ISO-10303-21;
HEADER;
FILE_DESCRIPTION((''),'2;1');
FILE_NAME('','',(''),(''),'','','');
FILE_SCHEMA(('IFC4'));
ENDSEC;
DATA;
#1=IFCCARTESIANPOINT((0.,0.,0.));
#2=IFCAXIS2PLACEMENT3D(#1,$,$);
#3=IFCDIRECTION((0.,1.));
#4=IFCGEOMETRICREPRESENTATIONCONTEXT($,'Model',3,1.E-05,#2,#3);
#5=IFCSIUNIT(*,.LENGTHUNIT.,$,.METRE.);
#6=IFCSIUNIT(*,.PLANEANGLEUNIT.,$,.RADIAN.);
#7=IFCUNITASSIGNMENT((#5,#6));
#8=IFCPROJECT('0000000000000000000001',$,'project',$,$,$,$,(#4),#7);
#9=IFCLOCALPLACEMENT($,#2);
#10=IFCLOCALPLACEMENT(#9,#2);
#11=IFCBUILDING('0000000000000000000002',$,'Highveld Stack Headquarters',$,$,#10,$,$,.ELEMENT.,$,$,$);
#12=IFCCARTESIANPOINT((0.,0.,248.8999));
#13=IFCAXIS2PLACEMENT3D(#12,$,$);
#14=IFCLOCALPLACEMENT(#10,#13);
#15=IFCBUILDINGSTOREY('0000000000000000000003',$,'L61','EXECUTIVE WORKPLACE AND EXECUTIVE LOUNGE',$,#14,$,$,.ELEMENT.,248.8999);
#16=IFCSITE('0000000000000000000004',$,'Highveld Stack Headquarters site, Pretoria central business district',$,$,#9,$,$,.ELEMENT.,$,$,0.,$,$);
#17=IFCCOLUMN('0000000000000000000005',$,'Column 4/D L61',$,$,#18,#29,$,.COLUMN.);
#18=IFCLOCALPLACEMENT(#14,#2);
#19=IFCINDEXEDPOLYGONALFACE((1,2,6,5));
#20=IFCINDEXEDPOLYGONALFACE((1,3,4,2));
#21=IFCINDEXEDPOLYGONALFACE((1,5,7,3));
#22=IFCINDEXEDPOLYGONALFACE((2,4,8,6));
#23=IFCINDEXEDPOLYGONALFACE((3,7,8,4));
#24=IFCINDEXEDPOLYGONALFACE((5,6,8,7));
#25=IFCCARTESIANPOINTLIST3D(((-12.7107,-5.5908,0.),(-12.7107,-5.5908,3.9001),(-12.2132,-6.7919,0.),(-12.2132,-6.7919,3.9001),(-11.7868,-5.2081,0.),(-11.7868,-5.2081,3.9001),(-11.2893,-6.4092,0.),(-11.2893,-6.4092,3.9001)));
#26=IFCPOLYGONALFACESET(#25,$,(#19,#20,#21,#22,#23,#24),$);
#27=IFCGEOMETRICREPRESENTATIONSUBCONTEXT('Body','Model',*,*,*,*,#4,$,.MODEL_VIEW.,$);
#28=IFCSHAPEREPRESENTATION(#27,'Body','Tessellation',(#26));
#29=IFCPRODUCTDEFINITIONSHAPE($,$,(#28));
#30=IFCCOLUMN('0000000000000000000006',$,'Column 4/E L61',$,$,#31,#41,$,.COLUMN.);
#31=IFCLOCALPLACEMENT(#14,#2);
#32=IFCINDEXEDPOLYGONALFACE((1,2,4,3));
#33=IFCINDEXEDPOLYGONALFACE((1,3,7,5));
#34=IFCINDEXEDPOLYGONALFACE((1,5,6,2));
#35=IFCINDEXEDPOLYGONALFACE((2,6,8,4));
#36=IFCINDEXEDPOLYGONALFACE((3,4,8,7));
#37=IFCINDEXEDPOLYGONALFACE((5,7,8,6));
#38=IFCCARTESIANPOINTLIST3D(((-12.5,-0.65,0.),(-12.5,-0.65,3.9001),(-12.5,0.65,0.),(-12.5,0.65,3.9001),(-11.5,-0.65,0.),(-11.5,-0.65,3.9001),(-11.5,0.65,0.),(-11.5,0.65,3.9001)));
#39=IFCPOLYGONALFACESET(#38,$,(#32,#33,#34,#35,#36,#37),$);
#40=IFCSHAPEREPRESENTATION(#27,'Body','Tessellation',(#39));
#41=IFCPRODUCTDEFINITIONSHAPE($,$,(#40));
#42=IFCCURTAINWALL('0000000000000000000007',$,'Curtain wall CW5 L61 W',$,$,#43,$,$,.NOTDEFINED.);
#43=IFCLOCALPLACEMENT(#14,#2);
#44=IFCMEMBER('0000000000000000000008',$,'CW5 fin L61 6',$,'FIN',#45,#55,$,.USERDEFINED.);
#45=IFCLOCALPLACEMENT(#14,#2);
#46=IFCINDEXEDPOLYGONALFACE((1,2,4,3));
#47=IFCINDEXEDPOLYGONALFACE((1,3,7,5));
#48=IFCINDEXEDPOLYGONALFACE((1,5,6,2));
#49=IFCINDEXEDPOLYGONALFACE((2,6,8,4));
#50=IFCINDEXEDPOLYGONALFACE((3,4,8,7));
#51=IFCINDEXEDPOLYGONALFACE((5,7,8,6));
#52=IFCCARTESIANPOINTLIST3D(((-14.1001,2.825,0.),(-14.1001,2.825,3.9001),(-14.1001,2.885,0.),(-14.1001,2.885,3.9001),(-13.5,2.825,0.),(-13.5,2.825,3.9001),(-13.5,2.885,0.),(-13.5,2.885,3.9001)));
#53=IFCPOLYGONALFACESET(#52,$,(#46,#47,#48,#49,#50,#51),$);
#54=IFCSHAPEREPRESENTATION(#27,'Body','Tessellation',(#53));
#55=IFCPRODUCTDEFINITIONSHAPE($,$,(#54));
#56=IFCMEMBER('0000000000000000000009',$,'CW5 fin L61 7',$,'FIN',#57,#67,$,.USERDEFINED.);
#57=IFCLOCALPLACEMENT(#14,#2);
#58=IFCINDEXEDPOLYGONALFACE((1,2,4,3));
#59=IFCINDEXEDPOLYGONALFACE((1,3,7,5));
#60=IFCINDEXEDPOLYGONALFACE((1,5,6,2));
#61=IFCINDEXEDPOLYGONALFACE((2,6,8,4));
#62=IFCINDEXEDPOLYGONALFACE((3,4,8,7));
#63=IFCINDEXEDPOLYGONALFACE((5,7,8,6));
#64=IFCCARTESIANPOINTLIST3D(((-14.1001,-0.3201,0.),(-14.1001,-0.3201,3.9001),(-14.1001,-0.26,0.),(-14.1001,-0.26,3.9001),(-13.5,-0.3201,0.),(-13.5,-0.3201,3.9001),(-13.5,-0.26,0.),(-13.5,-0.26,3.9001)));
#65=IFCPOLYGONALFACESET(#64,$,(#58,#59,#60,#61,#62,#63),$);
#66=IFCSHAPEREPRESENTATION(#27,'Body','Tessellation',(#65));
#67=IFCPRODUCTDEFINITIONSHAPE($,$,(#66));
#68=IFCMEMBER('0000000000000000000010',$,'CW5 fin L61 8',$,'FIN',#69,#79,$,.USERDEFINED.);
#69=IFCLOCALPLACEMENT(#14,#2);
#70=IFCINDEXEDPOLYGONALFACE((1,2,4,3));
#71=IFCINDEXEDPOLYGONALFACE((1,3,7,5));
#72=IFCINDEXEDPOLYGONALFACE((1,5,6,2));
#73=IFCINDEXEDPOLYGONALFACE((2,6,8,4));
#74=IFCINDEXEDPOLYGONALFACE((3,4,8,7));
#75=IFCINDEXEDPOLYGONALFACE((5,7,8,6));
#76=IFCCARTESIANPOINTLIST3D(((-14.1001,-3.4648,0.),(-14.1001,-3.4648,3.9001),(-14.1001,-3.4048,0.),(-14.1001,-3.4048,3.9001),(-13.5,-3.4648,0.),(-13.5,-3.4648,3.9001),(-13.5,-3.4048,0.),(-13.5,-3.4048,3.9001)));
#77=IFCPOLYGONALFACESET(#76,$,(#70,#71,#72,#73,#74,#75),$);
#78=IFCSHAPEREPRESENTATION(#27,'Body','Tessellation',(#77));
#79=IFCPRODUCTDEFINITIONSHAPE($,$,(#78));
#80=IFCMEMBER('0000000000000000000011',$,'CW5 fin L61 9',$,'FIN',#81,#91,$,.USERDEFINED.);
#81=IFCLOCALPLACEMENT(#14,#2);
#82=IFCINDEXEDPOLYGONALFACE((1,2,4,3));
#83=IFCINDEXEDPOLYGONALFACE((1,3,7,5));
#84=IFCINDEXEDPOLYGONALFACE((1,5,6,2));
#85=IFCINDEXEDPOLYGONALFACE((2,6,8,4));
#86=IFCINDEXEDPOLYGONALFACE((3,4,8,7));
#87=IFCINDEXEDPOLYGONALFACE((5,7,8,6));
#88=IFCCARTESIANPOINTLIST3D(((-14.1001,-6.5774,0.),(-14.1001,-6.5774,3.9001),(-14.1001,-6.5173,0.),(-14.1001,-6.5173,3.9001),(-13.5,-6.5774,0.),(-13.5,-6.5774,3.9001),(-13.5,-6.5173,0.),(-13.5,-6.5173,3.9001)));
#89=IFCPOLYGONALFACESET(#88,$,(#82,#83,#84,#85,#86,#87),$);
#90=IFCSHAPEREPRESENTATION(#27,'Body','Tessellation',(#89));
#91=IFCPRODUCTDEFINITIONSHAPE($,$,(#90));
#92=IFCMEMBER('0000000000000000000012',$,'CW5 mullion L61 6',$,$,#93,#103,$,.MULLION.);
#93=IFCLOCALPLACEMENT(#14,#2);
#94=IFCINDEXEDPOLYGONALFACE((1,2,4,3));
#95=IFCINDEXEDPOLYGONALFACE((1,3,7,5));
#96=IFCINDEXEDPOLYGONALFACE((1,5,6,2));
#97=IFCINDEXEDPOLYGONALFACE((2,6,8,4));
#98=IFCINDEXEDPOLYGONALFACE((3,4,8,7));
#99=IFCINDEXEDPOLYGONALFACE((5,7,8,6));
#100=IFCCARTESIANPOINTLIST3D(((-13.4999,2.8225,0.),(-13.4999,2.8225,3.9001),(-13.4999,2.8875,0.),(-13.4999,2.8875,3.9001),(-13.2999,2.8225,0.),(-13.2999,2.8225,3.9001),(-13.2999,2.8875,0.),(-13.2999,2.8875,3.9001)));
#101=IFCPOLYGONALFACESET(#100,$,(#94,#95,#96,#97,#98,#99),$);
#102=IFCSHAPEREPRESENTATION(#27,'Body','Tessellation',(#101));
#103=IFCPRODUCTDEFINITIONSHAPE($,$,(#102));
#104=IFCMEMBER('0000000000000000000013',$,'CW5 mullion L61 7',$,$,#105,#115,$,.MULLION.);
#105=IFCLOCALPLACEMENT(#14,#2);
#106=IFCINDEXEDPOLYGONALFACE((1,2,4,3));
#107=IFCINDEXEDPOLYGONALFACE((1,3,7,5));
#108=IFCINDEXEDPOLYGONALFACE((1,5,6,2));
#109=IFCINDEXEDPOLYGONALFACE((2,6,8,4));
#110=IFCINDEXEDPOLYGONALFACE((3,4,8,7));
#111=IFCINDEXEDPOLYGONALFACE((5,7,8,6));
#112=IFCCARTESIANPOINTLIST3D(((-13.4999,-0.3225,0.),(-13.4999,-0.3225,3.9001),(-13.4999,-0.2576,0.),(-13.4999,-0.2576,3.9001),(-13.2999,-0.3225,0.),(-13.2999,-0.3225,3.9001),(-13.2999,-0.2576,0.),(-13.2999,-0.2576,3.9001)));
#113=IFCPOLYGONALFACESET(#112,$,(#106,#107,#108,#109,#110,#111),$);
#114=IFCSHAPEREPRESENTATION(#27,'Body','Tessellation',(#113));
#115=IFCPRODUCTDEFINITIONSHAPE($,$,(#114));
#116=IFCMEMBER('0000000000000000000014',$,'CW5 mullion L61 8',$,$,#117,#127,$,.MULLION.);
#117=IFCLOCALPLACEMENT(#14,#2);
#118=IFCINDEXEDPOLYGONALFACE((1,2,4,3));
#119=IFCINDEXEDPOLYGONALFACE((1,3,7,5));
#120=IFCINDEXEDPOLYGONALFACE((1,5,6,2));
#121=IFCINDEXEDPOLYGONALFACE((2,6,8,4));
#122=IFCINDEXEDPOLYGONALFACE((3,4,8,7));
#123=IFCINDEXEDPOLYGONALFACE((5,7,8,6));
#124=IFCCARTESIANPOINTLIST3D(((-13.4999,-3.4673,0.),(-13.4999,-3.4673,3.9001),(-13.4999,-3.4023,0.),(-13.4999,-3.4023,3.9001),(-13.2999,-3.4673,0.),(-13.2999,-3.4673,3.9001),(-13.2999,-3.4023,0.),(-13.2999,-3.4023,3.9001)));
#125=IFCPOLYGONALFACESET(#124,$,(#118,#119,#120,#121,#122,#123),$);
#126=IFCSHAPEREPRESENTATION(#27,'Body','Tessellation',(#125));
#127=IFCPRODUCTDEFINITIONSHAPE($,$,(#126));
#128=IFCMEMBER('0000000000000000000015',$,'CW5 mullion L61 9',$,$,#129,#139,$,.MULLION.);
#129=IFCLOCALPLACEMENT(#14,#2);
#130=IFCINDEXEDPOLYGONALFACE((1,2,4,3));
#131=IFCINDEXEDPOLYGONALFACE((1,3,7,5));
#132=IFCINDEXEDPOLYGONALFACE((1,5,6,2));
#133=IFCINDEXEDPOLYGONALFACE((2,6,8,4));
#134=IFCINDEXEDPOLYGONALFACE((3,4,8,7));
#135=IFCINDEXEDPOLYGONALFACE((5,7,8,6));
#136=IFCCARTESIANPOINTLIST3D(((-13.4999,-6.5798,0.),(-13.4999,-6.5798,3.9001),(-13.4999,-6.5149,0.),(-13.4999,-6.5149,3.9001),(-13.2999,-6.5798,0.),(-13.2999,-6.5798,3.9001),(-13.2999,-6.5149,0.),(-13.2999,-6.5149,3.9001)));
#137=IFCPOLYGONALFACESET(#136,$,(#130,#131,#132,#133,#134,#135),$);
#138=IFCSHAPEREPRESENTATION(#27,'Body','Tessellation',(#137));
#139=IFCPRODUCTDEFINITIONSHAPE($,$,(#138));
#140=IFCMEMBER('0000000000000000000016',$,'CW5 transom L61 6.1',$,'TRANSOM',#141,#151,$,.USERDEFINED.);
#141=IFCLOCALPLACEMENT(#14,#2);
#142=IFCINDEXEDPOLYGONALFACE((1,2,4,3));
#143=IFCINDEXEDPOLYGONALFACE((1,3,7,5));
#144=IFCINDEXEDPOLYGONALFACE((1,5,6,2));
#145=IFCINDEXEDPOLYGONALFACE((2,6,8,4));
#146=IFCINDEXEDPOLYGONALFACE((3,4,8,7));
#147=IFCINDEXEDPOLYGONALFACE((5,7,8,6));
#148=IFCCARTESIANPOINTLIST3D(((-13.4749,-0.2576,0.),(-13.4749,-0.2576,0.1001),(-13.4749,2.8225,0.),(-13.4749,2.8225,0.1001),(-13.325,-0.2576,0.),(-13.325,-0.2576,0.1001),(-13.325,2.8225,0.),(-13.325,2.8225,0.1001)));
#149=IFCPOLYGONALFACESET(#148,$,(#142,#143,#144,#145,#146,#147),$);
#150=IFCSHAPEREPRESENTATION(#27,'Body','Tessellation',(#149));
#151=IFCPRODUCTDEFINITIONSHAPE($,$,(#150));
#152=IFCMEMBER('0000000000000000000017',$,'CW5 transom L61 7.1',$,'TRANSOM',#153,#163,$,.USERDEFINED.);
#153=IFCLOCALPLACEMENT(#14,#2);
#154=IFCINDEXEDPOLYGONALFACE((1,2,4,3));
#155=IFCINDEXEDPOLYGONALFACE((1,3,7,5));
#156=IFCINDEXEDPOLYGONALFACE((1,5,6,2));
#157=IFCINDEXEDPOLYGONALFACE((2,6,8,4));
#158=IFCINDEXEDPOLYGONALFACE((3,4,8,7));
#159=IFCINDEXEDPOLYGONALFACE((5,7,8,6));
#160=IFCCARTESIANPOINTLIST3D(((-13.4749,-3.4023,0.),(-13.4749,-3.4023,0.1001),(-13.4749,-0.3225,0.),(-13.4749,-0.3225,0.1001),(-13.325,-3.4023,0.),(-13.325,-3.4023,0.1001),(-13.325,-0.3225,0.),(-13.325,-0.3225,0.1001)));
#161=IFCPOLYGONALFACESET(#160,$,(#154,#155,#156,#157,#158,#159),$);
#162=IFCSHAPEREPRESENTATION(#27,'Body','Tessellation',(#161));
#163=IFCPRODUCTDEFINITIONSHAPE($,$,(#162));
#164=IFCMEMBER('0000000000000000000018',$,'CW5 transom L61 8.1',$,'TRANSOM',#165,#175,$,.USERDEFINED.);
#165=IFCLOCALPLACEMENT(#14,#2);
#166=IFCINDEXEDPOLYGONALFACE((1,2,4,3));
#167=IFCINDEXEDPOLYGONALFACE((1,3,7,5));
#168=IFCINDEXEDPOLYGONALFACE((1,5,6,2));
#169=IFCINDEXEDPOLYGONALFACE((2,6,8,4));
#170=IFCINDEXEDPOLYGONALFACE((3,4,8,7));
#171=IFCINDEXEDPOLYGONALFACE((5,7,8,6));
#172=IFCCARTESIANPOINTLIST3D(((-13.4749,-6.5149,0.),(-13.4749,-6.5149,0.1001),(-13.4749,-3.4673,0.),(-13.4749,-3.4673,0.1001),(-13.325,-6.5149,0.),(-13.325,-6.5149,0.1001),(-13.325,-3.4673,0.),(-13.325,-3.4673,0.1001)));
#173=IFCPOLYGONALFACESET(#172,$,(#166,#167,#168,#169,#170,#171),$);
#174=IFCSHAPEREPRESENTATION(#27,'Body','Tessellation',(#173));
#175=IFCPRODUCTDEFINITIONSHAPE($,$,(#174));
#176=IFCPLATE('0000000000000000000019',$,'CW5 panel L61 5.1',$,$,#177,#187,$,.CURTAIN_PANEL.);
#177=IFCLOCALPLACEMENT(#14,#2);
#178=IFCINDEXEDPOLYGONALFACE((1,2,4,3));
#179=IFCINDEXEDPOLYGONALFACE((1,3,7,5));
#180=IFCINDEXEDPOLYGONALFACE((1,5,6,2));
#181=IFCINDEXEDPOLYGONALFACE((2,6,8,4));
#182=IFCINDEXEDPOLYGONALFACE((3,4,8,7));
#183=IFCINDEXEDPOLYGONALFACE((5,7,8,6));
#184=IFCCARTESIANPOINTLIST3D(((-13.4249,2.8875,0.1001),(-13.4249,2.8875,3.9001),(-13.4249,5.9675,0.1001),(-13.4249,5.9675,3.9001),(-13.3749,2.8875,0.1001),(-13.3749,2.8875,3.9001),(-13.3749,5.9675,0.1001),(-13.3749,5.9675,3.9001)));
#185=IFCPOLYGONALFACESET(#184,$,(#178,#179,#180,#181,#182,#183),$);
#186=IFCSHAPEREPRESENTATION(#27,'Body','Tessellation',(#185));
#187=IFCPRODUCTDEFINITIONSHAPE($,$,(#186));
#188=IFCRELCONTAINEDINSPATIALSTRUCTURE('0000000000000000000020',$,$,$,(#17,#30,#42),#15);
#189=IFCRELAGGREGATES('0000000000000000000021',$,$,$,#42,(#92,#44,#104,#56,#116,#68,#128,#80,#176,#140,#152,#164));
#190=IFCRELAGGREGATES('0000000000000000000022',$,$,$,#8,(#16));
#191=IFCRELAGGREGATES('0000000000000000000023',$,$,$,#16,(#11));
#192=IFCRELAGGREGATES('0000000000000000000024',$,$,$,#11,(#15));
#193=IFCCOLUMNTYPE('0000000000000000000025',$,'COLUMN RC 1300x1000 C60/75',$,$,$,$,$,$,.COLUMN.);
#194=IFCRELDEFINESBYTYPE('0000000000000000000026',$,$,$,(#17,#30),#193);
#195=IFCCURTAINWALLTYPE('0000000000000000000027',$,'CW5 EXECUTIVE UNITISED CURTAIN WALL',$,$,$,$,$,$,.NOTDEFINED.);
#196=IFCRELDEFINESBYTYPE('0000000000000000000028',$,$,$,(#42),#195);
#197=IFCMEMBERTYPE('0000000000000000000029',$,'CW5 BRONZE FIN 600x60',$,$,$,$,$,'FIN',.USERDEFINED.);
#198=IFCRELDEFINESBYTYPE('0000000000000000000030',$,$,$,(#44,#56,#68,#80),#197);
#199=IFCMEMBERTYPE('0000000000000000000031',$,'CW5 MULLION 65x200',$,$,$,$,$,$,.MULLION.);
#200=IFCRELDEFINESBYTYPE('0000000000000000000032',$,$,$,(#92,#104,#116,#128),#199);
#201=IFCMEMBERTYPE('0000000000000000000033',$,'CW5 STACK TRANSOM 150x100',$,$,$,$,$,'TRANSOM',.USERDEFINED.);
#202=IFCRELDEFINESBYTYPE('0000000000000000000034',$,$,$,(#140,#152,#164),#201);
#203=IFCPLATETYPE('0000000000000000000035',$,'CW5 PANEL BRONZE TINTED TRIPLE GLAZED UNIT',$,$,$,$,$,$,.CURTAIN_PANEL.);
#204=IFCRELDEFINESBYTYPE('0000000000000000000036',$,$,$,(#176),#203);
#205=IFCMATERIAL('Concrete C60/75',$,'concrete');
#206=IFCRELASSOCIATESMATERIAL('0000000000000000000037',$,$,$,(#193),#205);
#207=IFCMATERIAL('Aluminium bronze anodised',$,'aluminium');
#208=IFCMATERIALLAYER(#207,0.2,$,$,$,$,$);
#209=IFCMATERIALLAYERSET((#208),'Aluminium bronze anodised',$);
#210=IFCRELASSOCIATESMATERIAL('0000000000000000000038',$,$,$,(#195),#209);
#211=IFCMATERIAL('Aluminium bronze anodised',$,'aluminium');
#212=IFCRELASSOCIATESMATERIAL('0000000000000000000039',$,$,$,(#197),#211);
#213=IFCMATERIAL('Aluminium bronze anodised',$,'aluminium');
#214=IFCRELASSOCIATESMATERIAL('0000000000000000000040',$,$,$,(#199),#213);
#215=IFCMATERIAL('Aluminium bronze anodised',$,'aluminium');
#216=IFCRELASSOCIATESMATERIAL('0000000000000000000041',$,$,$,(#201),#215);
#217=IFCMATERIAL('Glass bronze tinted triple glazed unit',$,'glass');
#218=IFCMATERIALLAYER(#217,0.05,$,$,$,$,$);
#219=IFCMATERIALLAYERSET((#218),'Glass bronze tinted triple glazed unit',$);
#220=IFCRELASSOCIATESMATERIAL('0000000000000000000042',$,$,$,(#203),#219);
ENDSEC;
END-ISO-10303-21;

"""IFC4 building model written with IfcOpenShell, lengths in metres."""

from ifc_helpers import new_model, si_unit, direction, frame, origin, origin_2d, place, context, subcontext, project, spatial, rectangle, extrude, material, layer, layer_set, material_profile, profile_set, type_object, element, aggregate, save


model = new_model("IFC4")

# Units and contexts
model_context = context("Model", 3, precision=1e-05, world=origin(), true_north=direction((0.0, 1.0)))
body_context = subcontext(model_context, "Body", "Model", "MODEL_VIEW")
ifc_project = project(units=[si_unit("LENGTHUNIT", "METRE"), si_unit("PLANEANGLEUNIT", "RADIAN")], contexts=[model_context])

# Site, building, storey
site_placement = place(None, origin())
site = spatial("IfcSite", under=ifc_project, at=site_placement, Name="Highveld Stack Headquarters site, Pretoria central business district", CompositionType="ELEMENT", RefElevation=0.0)
building_placement = place(site_placement, origin())
building = spatial("IfcBuilding", under=site, at=building_placement, Name="Highveld Stack Headquarters", CompositionType="ELEMENT")
storey_placement = place(building_placement, frame((0.0, 0.0, 248.8999)))
storey = spatial("IfcBuildingStorey", under=building, at=storey_placement, Name="L61", Description="EXECUTIVE WORKPLACE AND EXECUTIVE LOUNGE", CompositionType="ELEMENT", Elevation=248.8999)

# Columns
ifc_material_1 = material(Name="Concrete C60/75", Category="concrete")
ifc_material_profile_1 = material_profile(ifc_material_1, rectangle(XDim=1.3, YDim=1.0, at=origin_2d()), Name="RC 1300x1000")
ifc_profile_set_1 = profile_set([ifc_material_profile_1], Name="Concrete C60/75")
column_type = type_object("IfcColumnType", Name="COLUMN RC 1300x1000 C60/75", PredefinedType="COLUMN", material=ifc_profile_set_1)
for number, where, z_axis, x_axis, name in (
    (1, (-12.0, -6.0, 0.0), (0.0, 0.0, 1.0), (-0.382683, 0.92388, 0.0), "Column 4/D L61"),
    (2, (-12.0, 0.0, 0.0), (0.0, 0.0, 1.0), (0.0, 1.0, 0.0), "Column 4/E L61"),
):
    element("IfcColumn", number, at=place(storey_placement, frame(where, z_axis=z_axis, x_axis=x_axis)), inside=storey, type_object=column_type, Name=name, PredefinedType="COLUMN", context=body_context, shape_type="SweptSolid", body=[
        extrude(rectangle(XDim=1.3, YDim=1.0, at=origin_2d()), origin(), (0.0, 0.0, 1.0), 3.9001),
    ])

# Curtain wall, members, plate
ifc_material_2 = material(Name="Aluminium bronze anodised", Category="aluminium")
ifc_layer_1 = layer(ifc_material_2, 0.2)
ifc_layer_set_1 = layer_set([ifc_layer_1], Name="Aluminium bronze anodised")
curtain_wall_type = type_object("IfcCurtainWallType", Name="CW5 EXECUTIVE UNITISED CURTAIN WALL", PredefinedType="NOTDEFINED", material=ifc_layer_set_1)
curtain_wall_placement = place(storey_placement, origin())
curtain_wall = element("IfcCurtainWall", 3, at=curtain_wall_placement, inside=storey, type_object=curtain_wall_type, Name="Curtain wall CW5 L61 W", PredefinedType="NOTDEFINED")
ifc_material_3 = material(Name="Aluminium bronze anodised", Category="aluminium")
ifc_material_profile_2 = material_profile(ifc_material_3, rectangle(XDim=0.6001, YDim=0.0601, at=origin_2d()), Name="FIN 600x60")
ifc_profile_set_2 = profile_set([ifc_material_profile_2], Name="Aluminium bronze anodised")
member_type_1 = type_object("IfcMemberType", Name="CW5 BRONZE FIN 600x60", ElementType="FIN", PredefinedType="USERDEFINED", material=ifc_profile_set_2)
member_1_placement = place(storey_placement, frame((-13.8, 2.855, 0.0), z_axis=(0.0, 0.0, 1.0), x_axis=(1.0, 0.0, 0.0)))
member_1 = element("IfcMember", 4, at=member_1_placement, type_object=member_type_1, Name="CW5 fin L61 6", ObjectType="FIN", PredefinedType="USERDEFINED", context=body_context, shape_type="SweptSolid", body=[
    extrude(rectangle(XDim=0.6001, YDim=0.0601, at=origin_2d()), origin(), (0.0, 0.0, 1.0), 3.9001),
])
member_2_placement = place(storey_placement, frame((-13.8, -0.29, 0.0), z_axis=(0.0, 0.0, 1.0), x_axis=(1.0, 0.0, 0.0)))
member_2 = element("IfcMember", 5, at=member_2_placement, type_object=member_type_1, Name="CW5 fin L61 7", ObjectType="FIN", PredefinedType="USERDEFINED", context=body_context, shape_type="SweptSolid", body=[
    extrude(rectangle(XDim=0.6001, YDim=0.0601, at=origin_2d()), origin(), (0.0, 0.0, 1.0), 3.9001),
])
member_3_placement = place(storey_placement, frame((-13.8, -3.4348, 0.0), z_axis=(0.0, 0.0, 1.0), x_axis=(1.0, 0.0, 0.0)))
member_3 = element("IfcMember", 6, at=member_3_placement, type_object=member_type_1, Name="CW5 fin L61 8", ObjectType="FIN", PredefinedType="USERDEFINED", context=body_context, shape_type="SweptSolid", body=[
    extrude(rectangle(XDim=0.6001, YDim=0.0601, at=origin_2d()), origin(), (0.0, 0.0, 1.0), 3.9001),
])
member_4_placement = place(storey_placement, frame((-13.8, -6.5474, 0.0), z_axis=(0.0, 0.0, 1.0), x_axis=(1.0, 0.0, 0.0)))
member_4 = element("IfcMember", 7, at=member_4_placement, type_object=member_type_1, Name="CW5 fin L61 9", ObjectType="FIN", PredefinedType="USERDEFINED", context=body_context, shape_type="SweptSolid", body=[
    extrude(rectangle(XDim=0.6001, YDim=0.0601, at=origin_2d()), origin(), (0.0, 0.0, 1.0), 3.9001),
])
ifc_material_4 = material(Name="Aluminium bronze anodised", Category="aluminium")
ifc_material_profile_3 = material_profile(ifc_material_4, rectangle(XDim=0.2, YDim=0.0649, at=origin_2d()), Name="CW5 MULLION 65x200")
ifc_profile_set_3 = profile_set([ifc_material_profile_3], Name="Aluminium bronze anodised")
member_type_2 = type_object("IfcMemberType", Name="CW5 MULLION 65x200", PredefinedType="MULLION", material=ifc_profile_set_3)
member_5_placement = place(storey_placement, frame((-13.3999, 2.855, 0.0), z_axis=(0.0, 0.0, 1.0), x_axis=(1.0, 0.0, 0.0)))
member_5 = element("IfcMember", 8, at=member_5_placement, type_object=member_type_2, Name="CW5 mullion L61 6", PredefinedType="MULLION", context=body_context, shape_type="SweptSolid", body=[
    extrude(rectangle(XDim=0.2, YDim=0.0649, at=origin_2d()), origin(), (0.0, 0.0, 1.0), 3.9001),
])
member_6_placement = place(storey_placement, frame((-13.3999, -0.29, 0.0), z_axis=(0.0, 0.0, 1.0), x_axis=(1.0, 0.0, 0.0)))
member_6 = element("IfcMember", 9, at=member_6_placement, type_object=member_type_2, Name="CW5 mullion L61 7", PredefinedType="MULLION", context=body_context, shape_type="SweptSolid", body=[
    extrude(rectangle(XDim=0.2, YDim=0.0649, at=origin_2d()), origin(), (0.0, 0.0, 1.0), 3.9001),
])
member_7_placement = place(storey_placement, frame((-13.3999, -3.4348, 0.0), z_axis=(0.0, 0.0, 1.0), x_axis=(1.0, 0.0, 0.0)))
member_7 = element("IfcMember", 10, at=member_7_placement, type_object=member_type_2, Name="CW5 mullion L61 8", PredefinedType="MULLION", context=body_context, shape_type="SweptSolid", body=[
    extrude(rectangle(XDim=0.2, YDim=0.0649, at=origin_2d()), origin(), (0.0, 0.0, 1.0), 3.9001),
])
member_8_placement = place(storey_placement, frame((-13.3999, -6.5474, 0.0), z_axis=(0.0, 0.0, 1.0), x_axis=(1.0, 0.0, 0.0)))
member_8 = element("IfcMember", 11, at=member_8_placement, type_object=member_type_2, Name="CW5 mullion L61 9", PredefinedType="MULLION", context=body_context, shape_type="SweptSolid", body=[
    extrude(rectangle(XDim=0.2, YDim=0.0649, at=origin_2d()), origin(), (0.0, 0.0, 1.0), 3.9001),
])
ifc_material_5 = material(Name="Aluminium bronze anodised", Category="aluminium")
ifc_material_profile_4 = material_profile(ifc_material_5, rectangle(XDim=0.1499, YDim=0.1001, at=origin_2d()), Name="CW5 TRANSOM 150x100")
ifc_profile_set_4 = profile_set([ifc_material_profile_4], Name="Aluminium bronze anodised")
member_type_3 = type_object("IfcMemberType", Name="CW5 STACK TRANSOM 150x100", ElementType="TRANSOM", PredefinedType="USERDEFINED", material=ifc_profile_set_4)
member_9_placement = place(storey_placement, frame((-13.3999, 2.8225, 0.05), z_axis=(0.0, -1.0, 0.0), x_axis=(1.0, 0.0, 0.0)))
member_9 = element("IfcMember", 12, at=member_9_placement, type_object=member_type_3, Name="CW5 transom L61 6.1", ObjectType="TRANSOM", PredefinedType="USERDEFINED", context=body_context, shape_type="SweptSolid", body=[
    extrude(rectangle(XDim=0.1499, YDim=0.1001, at=origin_2d()), origin(), (0.0, 0.0, 1.0), 3.0801),
])
member_10_placement = place(storey_placement, frame((-13.3999, -0.3225, 0.05), z_axis=(0.0, -1.0, 0.0), x_axis=(1.0, 0.0, 0.0)))
member_10 = element("IfcMember", 13, at=member_10_placement, type_object=member_type_3, Name="CW5 transom L61 7.1", ObjectType="TRANSOM", PredefinedType="USERDEFINED", context=body_context, shape_type="SweptSolid", body=[
    extrude(rectangle(XDim=0.1499, YDim=0.1001, at=origin_2d()), origin(), (0.0, 0.0, 1.0), 3.0798),
])
member_11_placement = place(storey_placement, frame((-13.3999, -3.4673, 0.05), z_axis=(0.0, -1.0, 0.0), x_axis=(1.0, 0.0, 0.0)))
member_11 = element("IfcMember", 14, at=member_11_placement, type_object=member_type_3, Name="CW5 transom L61 8.1", ObjectType="TRANSOM", PredefinedType="USERDEFINED", context=body_context, shape_type="SweptSolid", body=[
    extrude(rectangle(XDim=0.1499, YDim=0.1001, at=origin_2d()), origin(), (0.0, 0.0, 1.0), 3.0476),
])
ifc_material_6 = material(Name="Glass bronze tinted triple glazed unit", Category="glass")
ifc_layer_2 = layer(ifc_material_6, 0.05)
ifc_layer_set_2 = layer_set([ifc_layer_2], Name="Glass bronze tinted triple glazed unit")
plate_type = type_object("IfcPlateType", Name="CW5 PANEL BRONZE TINTED TRIPLE GLAZED UNIT", PredefinedType="CURTAIN_PANEL", material=ifc_layer_set_2)
plate_1_placement = place(storey_placement, frame((-13.3999, 4.4275, 0.1001), z_axis=(0.0, 0.0, 1.0), x_axis=(0.0, -1.0, 0.0)))
plate_1 = element("IfcPlate", 15, at=plate_1_placement, type_object=plate_type, Name="CW5 panel L61 5.1", PredefinedType="CURTAIN_PANEL", context=body_context, shape_type="SweptSolid", body=[
    extrude(rectangle(XDim=3.0801, YDim=0.05, at=origin_2d()), origin(), (0.0, 0.0, 1.0), 3.8),
])
aggregate(curtain_wall, [member_5, member_1, member_6, member_2, member_7, member_3, member_8, member_4, plate_1, member_9, member_10, member_11])

save(model, "model.ifc")
